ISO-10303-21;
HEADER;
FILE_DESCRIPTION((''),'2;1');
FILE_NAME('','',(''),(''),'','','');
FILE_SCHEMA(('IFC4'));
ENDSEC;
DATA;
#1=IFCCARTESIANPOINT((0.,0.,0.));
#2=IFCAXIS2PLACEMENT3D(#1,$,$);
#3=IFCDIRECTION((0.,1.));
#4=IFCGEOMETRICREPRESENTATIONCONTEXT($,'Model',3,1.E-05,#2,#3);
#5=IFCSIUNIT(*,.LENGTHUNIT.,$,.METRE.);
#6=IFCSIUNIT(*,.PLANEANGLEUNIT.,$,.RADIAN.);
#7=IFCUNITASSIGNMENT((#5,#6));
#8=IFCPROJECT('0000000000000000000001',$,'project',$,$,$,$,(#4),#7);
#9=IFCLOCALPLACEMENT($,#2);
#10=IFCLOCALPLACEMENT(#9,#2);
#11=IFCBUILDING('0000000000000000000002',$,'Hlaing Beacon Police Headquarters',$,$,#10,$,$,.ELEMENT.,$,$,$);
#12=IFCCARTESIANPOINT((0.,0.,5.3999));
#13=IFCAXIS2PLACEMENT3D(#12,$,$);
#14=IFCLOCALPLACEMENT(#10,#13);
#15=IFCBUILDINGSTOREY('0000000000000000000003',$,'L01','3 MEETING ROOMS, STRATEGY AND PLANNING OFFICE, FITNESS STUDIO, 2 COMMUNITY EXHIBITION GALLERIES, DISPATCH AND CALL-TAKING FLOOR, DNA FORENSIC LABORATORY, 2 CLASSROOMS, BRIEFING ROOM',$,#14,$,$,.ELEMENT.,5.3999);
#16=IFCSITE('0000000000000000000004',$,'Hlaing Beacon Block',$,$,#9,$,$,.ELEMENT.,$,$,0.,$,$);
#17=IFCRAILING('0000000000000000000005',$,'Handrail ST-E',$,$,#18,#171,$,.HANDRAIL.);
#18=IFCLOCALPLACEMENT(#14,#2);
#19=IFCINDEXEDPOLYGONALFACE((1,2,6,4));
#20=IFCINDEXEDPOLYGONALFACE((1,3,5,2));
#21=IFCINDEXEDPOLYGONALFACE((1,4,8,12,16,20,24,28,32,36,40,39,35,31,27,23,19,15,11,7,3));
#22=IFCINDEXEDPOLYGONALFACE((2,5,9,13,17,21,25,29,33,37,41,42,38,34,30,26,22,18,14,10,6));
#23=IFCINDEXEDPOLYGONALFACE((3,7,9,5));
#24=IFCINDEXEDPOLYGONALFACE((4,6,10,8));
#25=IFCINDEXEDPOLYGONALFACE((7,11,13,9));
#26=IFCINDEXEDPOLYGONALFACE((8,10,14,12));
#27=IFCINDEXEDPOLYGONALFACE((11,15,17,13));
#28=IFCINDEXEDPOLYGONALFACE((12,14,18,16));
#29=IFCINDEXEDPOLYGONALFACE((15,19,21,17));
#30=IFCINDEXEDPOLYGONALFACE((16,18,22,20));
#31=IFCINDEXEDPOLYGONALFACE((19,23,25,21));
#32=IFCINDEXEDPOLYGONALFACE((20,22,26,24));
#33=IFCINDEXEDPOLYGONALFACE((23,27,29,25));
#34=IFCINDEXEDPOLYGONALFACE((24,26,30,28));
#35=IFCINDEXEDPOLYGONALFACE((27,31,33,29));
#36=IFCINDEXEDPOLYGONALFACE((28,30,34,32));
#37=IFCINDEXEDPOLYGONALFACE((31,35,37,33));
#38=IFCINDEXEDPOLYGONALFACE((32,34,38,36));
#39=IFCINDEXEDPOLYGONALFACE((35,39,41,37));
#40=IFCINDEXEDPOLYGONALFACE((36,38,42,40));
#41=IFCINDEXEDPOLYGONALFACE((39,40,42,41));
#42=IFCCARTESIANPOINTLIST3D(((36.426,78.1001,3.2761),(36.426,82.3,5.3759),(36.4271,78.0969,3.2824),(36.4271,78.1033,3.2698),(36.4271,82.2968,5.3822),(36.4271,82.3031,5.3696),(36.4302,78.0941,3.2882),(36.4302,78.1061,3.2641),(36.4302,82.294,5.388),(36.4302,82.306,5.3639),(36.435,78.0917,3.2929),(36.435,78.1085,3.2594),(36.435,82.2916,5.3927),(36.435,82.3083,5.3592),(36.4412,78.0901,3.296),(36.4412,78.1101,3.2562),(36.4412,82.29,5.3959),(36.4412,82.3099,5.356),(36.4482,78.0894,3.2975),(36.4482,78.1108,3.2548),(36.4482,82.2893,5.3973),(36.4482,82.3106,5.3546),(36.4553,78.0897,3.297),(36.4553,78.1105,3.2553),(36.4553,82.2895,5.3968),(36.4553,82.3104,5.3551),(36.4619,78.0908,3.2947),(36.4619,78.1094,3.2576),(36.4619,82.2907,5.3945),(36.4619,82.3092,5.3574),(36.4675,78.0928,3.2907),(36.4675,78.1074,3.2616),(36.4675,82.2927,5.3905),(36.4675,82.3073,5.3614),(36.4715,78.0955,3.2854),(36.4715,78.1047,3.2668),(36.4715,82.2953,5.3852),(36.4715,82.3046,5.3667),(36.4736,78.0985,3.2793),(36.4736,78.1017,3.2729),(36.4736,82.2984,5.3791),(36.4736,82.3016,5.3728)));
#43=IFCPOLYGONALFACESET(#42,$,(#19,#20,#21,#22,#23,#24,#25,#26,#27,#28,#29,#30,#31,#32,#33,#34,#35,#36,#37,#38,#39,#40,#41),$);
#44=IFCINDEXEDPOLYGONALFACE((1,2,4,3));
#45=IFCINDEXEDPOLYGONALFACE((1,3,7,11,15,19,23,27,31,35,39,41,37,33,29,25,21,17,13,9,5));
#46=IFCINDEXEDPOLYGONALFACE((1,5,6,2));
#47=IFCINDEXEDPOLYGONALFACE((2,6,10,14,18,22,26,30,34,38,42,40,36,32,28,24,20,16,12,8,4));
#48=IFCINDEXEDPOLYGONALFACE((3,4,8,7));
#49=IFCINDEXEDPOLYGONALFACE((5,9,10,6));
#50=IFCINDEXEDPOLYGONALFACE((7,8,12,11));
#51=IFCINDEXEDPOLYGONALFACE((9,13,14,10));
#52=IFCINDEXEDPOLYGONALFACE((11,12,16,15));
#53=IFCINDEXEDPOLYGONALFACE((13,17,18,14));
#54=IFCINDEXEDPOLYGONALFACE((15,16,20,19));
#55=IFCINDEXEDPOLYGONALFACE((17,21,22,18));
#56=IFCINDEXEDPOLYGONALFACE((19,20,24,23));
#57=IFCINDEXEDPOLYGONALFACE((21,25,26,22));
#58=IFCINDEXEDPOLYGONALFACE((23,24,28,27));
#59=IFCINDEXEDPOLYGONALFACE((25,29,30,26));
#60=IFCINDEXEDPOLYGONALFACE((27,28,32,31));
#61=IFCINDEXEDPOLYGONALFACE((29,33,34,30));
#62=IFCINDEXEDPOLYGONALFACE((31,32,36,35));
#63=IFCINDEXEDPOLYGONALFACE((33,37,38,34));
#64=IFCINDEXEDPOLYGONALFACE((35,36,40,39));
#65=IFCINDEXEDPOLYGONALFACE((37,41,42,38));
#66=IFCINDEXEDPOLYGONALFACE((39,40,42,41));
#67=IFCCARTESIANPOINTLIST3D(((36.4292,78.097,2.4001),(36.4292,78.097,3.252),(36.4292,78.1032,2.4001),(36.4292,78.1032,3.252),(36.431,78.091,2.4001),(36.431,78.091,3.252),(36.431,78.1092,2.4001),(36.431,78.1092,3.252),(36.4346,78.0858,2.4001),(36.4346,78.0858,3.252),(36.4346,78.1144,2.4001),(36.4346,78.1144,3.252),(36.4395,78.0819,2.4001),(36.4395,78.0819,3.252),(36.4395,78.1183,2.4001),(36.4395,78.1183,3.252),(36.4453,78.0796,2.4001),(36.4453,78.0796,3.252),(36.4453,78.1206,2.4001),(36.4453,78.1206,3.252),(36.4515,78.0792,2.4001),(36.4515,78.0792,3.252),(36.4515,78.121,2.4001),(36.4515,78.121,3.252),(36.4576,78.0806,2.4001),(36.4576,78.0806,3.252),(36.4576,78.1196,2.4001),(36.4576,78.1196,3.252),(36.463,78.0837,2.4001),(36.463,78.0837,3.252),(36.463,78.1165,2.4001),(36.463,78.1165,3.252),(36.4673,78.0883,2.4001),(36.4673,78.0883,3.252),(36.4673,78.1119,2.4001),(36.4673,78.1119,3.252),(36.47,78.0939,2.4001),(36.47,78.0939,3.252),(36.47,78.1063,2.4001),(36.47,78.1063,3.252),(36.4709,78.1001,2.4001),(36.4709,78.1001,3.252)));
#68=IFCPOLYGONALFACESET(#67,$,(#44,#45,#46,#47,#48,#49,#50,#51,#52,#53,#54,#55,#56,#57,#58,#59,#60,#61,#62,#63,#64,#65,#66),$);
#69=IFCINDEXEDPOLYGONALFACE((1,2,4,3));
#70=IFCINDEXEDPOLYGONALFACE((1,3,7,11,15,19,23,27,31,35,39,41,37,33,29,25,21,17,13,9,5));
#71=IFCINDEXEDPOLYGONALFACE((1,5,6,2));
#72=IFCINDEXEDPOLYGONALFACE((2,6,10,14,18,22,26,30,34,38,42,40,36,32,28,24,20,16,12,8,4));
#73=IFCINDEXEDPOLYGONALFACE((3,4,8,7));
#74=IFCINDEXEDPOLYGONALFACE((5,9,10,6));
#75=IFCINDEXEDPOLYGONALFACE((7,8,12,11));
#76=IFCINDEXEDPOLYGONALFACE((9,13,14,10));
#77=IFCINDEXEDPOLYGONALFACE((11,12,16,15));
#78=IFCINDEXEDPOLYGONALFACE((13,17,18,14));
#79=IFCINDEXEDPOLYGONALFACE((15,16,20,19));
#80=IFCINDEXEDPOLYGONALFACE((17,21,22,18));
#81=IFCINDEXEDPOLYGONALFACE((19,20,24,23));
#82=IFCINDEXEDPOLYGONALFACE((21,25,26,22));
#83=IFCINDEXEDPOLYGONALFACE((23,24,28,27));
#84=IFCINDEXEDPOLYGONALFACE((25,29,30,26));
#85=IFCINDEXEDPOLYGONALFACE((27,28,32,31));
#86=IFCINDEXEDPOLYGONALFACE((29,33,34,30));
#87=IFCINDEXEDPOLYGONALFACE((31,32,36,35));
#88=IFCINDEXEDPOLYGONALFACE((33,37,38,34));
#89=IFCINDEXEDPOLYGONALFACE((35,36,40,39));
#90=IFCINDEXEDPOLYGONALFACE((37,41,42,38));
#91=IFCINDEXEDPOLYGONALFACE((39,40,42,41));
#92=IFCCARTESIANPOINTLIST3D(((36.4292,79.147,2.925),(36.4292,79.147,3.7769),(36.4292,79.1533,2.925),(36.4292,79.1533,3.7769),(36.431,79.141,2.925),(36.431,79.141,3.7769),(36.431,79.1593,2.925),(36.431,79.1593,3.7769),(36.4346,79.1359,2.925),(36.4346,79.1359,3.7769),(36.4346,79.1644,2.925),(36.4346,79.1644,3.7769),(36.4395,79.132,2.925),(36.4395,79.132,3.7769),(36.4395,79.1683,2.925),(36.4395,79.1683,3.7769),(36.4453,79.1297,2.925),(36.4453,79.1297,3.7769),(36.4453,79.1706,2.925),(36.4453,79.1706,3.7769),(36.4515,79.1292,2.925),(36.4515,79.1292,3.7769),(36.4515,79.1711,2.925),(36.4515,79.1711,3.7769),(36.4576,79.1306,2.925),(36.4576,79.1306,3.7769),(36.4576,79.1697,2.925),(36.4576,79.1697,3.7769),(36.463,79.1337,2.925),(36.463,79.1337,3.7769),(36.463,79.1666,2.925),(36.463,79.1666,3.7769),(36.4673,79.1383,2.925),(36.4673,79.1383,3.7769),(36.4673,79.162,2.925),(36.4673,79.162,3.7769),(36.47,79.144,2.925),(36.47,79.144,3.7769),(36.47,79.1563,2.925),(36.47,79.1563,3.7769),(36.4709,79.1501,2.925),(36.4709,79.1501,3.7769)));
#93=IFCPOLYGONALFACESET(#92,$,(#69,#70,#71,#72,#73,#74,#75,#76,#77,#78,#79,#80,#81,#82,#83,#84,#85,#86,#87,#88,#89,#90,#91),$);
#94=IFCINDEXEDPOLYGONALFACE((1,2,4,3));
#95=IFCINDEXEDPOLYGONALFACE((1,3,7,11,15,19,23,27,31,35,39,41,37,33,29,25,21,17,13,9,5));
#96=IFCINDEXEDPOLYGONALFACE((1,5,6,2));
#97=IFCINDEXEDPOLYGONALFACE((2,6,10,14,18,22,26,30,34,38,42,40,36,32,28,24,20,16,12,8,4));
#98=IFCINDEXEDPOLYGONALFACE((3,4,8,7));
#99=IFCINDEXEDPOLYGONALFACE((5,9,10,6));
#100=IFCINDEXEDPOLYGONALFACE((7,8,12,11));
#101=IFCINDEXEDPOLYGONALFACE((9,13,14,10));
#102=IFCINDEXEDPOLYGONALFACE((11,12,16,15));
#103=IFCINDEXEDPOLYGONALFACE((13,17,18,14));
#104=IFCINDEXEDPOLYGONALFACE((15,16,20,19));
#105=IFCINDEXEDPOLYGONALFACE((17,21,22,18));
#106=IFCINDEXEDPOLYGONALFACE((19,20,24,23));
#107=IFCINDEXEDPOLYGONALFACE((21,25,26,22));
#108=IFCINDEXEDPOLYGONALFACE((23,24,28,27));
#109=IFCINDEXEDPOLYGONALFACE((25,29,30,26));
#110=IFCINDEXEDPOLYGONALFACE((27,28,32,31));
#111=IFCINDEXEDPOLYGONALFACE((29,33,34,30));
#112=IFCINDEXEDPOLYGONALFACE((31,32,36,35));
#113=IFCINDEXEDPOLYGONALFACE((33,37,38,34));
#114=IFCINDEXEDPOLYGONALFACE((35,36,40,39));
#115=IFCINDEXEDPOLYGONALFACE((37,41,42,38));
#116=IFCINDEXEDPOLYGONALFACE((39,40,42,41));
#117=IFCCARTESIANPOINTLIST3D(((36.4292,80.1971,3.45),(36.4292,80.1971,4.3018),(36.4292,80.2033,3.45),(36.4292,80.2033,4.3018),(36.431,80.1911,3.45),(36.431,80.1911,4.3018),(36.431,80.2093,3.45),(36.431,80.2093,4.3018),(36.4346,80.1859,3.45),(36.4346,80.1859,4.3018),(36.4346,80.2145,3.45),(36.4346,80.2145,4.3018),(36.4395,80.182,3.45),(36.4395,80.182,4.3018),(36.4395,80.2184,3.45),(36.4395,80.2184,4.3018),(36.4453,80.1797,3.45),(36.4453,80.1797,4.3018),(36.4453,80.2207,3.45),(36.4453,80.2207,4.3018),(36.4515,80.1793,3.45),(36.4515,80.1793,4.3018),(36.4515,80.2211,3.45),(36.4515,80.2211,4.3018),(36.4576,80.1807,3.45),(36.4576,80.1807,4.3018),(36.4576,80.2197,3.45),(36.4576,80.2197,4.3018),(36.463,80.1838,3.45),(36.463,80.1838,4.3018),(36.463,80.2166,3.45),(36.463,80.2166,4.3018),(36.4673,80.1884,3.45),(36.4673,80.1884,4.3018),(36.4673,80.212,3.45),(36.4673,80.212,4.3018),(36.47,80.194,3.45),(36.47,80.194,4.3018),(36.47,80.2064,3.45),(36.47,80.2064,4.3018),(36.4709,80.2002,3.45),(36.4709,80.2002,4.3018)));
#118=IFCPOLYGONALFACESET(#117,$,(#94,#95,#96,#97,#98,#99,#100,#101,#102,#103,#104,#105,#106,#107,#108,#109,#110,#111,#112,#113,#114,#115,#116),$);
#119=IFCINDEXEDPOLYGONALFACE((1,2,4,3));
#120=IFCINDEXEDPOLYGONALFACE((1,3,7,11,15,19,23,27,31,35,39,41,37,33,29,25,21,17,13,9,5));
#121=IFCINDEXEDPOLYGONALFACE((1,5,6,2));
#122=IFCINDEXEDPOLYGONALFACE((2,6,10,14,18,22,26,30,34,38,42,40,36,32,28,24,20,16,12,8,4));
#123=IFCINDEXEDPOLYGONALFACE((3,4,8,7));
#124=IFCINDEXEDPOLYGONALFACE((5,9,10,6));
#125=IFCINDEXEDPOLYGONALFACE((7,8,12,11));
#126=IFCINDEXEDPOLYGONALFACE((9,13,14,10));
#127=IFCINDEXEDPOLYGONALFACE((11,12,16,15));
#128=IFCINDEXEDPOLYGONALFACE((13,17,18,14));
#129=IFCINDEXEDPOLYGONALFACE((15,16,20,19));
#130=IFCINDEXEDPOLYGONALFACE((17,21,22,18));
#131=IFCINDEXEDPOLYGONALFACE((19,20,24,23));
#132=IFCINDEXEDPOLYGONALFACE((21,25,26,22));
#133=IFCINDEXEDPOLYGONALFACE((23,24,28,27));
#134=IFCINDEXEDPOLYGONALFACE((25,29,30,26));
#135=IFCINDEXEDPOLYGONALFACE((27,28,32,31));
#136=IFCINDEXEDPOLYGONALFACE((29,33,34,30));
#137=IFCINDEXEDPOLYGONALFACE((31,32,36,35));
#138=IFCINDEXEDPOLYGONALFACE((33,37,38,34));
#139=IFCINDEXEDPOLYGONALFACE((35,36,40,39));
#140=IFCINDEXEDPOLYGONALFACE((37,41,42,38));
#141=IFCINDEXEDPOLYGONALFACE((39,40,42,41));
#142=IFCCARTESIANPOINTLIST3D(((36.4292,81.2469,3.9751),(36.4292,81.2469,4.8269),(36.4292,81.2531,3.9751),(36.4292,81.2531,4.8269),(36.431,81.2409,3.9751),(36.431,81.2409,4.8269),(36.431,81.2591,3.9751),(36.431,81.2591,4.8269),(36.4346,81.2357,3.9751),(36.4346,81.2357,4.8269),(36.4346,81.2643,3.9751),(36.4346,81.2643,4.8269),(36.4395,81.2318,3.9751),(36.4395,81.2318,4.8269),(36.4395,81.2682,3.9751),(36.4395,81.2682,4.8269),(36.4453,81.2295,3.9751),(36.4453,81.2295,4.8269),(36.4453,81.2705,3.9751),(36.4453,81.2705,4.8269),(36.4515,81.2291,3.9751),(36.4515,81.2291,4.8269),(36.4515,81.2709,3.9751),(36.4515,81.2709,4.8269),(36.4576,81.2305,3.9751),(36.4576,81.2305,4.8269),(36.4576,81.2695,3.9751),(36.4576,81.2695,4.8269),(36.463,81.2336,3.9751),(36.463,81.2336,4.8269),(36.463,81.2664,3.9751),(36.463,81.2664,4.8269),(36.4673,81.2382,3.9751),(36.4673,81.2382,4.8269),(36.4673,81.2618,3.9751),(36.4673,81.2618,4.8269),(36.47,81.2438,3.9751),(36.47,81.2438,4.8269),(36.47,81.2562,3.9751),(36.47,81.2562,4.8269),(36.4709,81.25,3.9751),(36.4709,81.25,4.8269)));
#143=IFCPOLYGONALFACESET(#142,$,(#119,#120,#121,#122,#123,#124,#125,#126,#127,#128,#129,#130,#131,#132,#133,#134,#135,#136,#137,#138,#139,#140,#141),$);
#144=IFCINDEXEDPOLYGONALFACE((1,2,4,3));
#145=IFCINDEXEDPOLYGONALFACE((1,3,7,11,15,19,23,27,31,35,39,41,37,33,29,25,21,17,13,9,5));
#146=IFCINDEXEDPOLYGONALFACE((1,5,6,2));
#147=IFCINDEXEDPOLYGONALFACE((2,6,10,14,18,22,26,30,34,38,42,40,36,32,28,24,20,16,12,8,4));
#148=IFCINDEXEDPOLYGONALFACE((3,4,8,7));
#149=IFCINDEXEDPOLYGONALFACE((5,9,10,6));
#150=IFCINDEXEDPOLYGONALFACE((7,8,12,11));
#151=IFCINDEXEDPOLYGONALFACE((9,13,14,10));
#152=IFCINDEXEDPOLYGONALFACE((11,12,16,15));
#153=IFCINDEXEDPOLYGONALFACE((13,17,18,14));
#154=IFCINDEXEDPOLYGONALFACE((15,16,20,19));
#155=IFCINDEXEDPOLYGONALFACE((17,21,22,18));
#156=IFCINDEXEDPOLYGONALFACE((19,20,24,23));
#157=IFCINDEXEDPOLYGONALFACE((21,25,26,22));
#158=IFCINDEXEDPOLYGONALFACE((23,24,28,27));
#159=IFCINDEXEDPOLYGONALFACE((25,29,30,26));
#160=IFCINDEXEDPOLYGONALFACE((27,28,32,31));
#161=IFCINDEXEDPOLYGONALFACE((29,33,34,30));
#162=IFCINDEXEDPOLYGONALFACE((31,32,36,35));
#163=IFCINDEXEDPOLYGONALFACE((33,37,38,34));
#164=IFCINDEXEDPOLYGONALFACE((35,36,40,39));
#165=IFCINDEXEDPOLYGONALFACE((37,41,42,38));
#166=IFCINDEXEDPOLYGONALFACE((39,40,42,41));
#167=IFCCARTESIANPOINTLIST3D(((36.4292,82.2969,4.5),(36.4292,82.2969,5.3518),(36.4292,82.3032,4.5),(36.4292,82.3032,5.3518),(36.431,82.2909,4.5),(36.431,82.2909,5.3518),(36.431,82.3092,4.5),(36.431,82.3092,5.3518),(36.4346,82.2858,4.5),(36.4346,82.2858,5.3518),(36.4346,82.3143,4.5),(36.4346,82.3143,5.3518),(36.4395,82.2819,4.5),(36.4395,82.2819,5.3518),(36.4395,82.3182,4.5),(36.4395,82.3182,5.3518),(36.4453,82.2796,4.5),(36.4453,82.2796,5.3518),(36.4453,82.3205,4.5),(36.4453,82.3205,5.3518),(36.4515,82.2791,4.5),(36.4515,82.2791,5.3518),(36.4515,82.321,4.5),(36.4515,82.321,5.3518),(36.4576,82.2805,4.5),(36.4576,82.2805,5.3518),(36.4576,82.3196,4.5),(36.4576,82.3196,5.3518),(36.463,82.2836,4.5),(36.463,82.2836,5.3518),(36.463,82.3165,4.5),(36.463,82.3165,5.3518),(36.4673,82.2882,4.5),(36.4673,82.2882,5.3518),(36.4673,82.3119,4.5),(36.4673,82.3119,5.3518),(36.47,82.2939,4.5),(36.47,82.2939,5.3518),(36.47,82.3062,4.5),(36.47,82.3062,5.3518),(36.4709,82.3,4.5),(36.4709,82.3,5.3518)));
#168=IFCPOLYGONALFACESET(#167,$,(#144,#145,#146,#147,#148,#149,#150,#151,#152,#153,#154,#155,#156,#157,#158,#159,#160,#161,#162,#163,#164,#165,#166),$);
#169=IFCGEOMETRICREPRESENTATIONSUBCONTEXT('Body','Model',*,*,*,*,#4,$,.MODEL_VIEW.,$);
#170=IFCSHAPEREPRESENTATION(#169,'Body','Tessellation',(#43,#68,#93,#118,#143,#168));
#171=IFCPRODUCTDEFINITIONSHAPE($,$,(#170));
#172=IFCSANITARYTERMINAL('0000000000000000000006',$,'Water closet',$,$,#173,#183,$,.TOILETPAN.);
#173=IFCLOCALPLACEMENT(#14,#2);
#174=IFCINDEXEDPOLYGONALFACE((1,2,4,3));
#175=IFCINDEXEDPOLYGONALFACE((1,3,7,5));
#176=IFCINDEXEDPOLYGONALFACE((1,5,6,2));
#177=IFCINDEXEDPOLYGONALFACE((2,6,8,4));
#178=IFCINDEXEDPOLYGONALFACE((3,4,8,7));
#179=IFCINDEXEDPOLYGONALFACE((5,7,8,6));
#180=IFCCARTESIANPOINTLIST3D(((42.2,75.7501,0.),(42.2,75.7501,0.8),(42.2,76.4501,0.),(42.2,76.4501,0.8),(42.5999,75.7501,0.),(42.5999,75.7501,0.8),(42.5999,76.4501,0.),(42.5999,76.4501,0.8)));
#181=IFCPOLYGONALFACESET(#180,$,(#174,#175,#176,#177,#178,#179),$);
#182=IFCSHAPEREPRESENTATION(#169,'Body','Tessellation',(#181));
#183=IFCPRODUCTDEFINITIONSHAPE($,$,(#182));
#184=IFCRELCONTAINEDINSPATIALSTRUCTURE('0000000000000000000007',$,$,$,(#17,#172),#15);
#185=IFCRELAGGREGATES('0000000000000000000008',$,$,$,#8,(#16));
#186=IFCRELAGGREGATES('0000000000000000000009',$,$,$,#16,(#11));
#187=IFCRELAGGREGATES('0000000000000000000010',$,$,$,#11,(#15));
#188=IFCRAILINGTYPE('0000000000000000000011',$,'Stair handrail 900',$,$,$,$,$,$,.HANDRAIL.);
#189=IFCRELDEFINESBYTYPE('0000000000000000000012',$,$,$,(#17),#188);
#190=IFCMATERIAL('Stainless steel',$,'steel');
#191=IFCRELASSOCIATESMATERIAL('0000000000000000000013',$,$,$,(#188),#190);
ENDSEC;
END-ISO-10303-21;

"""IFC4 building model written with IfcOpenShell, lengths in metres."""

from ifc_helpers import new_model, si_unit, direction, frame, origin, origin_2d, place, context, subcontext, project, spatial, rectangle, circle, extrude, material, type_object, element, save


model = new_model("IFC4")

# Units and contexts
model_context = context("Model", 3, precision=1e-05, world=origin(), true_north=direction((0.0, 1.0)))
body_context = subcontext(model_context, "Body", "Model", "MODEL_VIEW")
ifc_project = project(units=[si_unit("LENGTHUNIT", "METRE"), si_unit("PLANEANGLEUNIT", "RADIAN")], contexts=[model_context])

# Site, building, storey
site_placement = place(None, origin())
site = spatial("IfcSite", under=ifc_project, at=site_placement, Name="Hlaing Beacon Block", CompositionType="ELEMENT", RefElevation=0.0)
building_placement = place(site_placement, origin())
building = spatial("IfcBuilding", under=site, at=building_placement, Name="Hlaing Beacon Police Headquarters", CompositionType="ELEMENT")
storey_placement = place(building_placement, frame((0.0, 0.0, 5.3999)))
storey = spatial("IfcBuildingStorey", under=building, at=storey_placement, Name="L01", Description="3 MEETING ROOMS, STRATEGY AND PLANNING OFFICE, FITNESS STUDIO, 2 COMMUNITY EXHIBITION GALLERIES, DISPATCH AND CALL-TAKING FLOOR, DNA FORENSIC LABORATORY, 2 CLASSROOMS, BRIEFING ROOM", CompositionType="ELEMENT", Elevation=5.3999)

# Railing
ifc_material_1 = material(Name="Stainless steel", Category="steel")
railing_type_1 = type_object("IfcRailingType", Name="Stair handrail 900", PredefinedType="HANDRAIL", material=ifc_material_1)
for number, where, name in (
    (1, (36.45, 78.1001, 2.4001), "Handrail ST-E"),
):
    element("IfcRailing", number, at=place(storey_placement, frame(where)), inside=storey, type_object=railing_type_1, Name=name, PredefinedType="HANDRAIL", context=body_context, shape_type="SweptSolid", body=[
        extrude(circle(Radius=0.0239, at=origin_2d()), frame((0.0, 0.0, 0.876), z_axis=(0.0, 0.894438, 0.447193), x_axis=(-1.0, 0.0, 0.0)), (0.0, 0.0, 1.0), 4.6956),
        extrude(circle(Radius=0.021, at=origin_2d()), origin(), (0.0, 0.0, 1.0), 0.8518),
        extrude(circle(Radius=0.021, at=origin_2d()), frame((0.0, 1.05, 0.5249)), (0.0, 0.0, 1.0), 0.8518),
        extrude(circle(Radius=0.021, at=origin_2d()), frame((0.0, 2.1001, 1.0498)), (0.0, 0.0, 1.0), 0.8518),
        extrude(circle(Radius=0.021, at=origin_2d()), frame((0.0, 3.1499, 1.575)), (0.0, 0.0, 1.0), 0.8518),
        extrude(circle(Radius=0.021, at=origin_2d()), frame((0.0, 4.2, 2.0999)), (0.0, 0.0, 1.0), 0.8518),
    ])

# Sanitary terminal
sanitary_terminal_placement = place(storey_placement, frame((42.3999, 76.1001, 0.0), z_axis=(0.0, 0.0, 1.0), x_axis=(1.0, 0.0, 0.0)))
element("IfcSanitaryTerminal", 2, at=sanitary_terminal_placement, inside=storey, Name="Water closet", PredefinedType="TOILETPAN", context=body_context, shape_type="SweptSolid", body=[
    extrude(rectangle(XDim=0.3999, YDim=0.7, at=origin_2d()), origin(), (0.0, 0.0, 1.0), 0.8),
])

save(model, "model.ifc")
